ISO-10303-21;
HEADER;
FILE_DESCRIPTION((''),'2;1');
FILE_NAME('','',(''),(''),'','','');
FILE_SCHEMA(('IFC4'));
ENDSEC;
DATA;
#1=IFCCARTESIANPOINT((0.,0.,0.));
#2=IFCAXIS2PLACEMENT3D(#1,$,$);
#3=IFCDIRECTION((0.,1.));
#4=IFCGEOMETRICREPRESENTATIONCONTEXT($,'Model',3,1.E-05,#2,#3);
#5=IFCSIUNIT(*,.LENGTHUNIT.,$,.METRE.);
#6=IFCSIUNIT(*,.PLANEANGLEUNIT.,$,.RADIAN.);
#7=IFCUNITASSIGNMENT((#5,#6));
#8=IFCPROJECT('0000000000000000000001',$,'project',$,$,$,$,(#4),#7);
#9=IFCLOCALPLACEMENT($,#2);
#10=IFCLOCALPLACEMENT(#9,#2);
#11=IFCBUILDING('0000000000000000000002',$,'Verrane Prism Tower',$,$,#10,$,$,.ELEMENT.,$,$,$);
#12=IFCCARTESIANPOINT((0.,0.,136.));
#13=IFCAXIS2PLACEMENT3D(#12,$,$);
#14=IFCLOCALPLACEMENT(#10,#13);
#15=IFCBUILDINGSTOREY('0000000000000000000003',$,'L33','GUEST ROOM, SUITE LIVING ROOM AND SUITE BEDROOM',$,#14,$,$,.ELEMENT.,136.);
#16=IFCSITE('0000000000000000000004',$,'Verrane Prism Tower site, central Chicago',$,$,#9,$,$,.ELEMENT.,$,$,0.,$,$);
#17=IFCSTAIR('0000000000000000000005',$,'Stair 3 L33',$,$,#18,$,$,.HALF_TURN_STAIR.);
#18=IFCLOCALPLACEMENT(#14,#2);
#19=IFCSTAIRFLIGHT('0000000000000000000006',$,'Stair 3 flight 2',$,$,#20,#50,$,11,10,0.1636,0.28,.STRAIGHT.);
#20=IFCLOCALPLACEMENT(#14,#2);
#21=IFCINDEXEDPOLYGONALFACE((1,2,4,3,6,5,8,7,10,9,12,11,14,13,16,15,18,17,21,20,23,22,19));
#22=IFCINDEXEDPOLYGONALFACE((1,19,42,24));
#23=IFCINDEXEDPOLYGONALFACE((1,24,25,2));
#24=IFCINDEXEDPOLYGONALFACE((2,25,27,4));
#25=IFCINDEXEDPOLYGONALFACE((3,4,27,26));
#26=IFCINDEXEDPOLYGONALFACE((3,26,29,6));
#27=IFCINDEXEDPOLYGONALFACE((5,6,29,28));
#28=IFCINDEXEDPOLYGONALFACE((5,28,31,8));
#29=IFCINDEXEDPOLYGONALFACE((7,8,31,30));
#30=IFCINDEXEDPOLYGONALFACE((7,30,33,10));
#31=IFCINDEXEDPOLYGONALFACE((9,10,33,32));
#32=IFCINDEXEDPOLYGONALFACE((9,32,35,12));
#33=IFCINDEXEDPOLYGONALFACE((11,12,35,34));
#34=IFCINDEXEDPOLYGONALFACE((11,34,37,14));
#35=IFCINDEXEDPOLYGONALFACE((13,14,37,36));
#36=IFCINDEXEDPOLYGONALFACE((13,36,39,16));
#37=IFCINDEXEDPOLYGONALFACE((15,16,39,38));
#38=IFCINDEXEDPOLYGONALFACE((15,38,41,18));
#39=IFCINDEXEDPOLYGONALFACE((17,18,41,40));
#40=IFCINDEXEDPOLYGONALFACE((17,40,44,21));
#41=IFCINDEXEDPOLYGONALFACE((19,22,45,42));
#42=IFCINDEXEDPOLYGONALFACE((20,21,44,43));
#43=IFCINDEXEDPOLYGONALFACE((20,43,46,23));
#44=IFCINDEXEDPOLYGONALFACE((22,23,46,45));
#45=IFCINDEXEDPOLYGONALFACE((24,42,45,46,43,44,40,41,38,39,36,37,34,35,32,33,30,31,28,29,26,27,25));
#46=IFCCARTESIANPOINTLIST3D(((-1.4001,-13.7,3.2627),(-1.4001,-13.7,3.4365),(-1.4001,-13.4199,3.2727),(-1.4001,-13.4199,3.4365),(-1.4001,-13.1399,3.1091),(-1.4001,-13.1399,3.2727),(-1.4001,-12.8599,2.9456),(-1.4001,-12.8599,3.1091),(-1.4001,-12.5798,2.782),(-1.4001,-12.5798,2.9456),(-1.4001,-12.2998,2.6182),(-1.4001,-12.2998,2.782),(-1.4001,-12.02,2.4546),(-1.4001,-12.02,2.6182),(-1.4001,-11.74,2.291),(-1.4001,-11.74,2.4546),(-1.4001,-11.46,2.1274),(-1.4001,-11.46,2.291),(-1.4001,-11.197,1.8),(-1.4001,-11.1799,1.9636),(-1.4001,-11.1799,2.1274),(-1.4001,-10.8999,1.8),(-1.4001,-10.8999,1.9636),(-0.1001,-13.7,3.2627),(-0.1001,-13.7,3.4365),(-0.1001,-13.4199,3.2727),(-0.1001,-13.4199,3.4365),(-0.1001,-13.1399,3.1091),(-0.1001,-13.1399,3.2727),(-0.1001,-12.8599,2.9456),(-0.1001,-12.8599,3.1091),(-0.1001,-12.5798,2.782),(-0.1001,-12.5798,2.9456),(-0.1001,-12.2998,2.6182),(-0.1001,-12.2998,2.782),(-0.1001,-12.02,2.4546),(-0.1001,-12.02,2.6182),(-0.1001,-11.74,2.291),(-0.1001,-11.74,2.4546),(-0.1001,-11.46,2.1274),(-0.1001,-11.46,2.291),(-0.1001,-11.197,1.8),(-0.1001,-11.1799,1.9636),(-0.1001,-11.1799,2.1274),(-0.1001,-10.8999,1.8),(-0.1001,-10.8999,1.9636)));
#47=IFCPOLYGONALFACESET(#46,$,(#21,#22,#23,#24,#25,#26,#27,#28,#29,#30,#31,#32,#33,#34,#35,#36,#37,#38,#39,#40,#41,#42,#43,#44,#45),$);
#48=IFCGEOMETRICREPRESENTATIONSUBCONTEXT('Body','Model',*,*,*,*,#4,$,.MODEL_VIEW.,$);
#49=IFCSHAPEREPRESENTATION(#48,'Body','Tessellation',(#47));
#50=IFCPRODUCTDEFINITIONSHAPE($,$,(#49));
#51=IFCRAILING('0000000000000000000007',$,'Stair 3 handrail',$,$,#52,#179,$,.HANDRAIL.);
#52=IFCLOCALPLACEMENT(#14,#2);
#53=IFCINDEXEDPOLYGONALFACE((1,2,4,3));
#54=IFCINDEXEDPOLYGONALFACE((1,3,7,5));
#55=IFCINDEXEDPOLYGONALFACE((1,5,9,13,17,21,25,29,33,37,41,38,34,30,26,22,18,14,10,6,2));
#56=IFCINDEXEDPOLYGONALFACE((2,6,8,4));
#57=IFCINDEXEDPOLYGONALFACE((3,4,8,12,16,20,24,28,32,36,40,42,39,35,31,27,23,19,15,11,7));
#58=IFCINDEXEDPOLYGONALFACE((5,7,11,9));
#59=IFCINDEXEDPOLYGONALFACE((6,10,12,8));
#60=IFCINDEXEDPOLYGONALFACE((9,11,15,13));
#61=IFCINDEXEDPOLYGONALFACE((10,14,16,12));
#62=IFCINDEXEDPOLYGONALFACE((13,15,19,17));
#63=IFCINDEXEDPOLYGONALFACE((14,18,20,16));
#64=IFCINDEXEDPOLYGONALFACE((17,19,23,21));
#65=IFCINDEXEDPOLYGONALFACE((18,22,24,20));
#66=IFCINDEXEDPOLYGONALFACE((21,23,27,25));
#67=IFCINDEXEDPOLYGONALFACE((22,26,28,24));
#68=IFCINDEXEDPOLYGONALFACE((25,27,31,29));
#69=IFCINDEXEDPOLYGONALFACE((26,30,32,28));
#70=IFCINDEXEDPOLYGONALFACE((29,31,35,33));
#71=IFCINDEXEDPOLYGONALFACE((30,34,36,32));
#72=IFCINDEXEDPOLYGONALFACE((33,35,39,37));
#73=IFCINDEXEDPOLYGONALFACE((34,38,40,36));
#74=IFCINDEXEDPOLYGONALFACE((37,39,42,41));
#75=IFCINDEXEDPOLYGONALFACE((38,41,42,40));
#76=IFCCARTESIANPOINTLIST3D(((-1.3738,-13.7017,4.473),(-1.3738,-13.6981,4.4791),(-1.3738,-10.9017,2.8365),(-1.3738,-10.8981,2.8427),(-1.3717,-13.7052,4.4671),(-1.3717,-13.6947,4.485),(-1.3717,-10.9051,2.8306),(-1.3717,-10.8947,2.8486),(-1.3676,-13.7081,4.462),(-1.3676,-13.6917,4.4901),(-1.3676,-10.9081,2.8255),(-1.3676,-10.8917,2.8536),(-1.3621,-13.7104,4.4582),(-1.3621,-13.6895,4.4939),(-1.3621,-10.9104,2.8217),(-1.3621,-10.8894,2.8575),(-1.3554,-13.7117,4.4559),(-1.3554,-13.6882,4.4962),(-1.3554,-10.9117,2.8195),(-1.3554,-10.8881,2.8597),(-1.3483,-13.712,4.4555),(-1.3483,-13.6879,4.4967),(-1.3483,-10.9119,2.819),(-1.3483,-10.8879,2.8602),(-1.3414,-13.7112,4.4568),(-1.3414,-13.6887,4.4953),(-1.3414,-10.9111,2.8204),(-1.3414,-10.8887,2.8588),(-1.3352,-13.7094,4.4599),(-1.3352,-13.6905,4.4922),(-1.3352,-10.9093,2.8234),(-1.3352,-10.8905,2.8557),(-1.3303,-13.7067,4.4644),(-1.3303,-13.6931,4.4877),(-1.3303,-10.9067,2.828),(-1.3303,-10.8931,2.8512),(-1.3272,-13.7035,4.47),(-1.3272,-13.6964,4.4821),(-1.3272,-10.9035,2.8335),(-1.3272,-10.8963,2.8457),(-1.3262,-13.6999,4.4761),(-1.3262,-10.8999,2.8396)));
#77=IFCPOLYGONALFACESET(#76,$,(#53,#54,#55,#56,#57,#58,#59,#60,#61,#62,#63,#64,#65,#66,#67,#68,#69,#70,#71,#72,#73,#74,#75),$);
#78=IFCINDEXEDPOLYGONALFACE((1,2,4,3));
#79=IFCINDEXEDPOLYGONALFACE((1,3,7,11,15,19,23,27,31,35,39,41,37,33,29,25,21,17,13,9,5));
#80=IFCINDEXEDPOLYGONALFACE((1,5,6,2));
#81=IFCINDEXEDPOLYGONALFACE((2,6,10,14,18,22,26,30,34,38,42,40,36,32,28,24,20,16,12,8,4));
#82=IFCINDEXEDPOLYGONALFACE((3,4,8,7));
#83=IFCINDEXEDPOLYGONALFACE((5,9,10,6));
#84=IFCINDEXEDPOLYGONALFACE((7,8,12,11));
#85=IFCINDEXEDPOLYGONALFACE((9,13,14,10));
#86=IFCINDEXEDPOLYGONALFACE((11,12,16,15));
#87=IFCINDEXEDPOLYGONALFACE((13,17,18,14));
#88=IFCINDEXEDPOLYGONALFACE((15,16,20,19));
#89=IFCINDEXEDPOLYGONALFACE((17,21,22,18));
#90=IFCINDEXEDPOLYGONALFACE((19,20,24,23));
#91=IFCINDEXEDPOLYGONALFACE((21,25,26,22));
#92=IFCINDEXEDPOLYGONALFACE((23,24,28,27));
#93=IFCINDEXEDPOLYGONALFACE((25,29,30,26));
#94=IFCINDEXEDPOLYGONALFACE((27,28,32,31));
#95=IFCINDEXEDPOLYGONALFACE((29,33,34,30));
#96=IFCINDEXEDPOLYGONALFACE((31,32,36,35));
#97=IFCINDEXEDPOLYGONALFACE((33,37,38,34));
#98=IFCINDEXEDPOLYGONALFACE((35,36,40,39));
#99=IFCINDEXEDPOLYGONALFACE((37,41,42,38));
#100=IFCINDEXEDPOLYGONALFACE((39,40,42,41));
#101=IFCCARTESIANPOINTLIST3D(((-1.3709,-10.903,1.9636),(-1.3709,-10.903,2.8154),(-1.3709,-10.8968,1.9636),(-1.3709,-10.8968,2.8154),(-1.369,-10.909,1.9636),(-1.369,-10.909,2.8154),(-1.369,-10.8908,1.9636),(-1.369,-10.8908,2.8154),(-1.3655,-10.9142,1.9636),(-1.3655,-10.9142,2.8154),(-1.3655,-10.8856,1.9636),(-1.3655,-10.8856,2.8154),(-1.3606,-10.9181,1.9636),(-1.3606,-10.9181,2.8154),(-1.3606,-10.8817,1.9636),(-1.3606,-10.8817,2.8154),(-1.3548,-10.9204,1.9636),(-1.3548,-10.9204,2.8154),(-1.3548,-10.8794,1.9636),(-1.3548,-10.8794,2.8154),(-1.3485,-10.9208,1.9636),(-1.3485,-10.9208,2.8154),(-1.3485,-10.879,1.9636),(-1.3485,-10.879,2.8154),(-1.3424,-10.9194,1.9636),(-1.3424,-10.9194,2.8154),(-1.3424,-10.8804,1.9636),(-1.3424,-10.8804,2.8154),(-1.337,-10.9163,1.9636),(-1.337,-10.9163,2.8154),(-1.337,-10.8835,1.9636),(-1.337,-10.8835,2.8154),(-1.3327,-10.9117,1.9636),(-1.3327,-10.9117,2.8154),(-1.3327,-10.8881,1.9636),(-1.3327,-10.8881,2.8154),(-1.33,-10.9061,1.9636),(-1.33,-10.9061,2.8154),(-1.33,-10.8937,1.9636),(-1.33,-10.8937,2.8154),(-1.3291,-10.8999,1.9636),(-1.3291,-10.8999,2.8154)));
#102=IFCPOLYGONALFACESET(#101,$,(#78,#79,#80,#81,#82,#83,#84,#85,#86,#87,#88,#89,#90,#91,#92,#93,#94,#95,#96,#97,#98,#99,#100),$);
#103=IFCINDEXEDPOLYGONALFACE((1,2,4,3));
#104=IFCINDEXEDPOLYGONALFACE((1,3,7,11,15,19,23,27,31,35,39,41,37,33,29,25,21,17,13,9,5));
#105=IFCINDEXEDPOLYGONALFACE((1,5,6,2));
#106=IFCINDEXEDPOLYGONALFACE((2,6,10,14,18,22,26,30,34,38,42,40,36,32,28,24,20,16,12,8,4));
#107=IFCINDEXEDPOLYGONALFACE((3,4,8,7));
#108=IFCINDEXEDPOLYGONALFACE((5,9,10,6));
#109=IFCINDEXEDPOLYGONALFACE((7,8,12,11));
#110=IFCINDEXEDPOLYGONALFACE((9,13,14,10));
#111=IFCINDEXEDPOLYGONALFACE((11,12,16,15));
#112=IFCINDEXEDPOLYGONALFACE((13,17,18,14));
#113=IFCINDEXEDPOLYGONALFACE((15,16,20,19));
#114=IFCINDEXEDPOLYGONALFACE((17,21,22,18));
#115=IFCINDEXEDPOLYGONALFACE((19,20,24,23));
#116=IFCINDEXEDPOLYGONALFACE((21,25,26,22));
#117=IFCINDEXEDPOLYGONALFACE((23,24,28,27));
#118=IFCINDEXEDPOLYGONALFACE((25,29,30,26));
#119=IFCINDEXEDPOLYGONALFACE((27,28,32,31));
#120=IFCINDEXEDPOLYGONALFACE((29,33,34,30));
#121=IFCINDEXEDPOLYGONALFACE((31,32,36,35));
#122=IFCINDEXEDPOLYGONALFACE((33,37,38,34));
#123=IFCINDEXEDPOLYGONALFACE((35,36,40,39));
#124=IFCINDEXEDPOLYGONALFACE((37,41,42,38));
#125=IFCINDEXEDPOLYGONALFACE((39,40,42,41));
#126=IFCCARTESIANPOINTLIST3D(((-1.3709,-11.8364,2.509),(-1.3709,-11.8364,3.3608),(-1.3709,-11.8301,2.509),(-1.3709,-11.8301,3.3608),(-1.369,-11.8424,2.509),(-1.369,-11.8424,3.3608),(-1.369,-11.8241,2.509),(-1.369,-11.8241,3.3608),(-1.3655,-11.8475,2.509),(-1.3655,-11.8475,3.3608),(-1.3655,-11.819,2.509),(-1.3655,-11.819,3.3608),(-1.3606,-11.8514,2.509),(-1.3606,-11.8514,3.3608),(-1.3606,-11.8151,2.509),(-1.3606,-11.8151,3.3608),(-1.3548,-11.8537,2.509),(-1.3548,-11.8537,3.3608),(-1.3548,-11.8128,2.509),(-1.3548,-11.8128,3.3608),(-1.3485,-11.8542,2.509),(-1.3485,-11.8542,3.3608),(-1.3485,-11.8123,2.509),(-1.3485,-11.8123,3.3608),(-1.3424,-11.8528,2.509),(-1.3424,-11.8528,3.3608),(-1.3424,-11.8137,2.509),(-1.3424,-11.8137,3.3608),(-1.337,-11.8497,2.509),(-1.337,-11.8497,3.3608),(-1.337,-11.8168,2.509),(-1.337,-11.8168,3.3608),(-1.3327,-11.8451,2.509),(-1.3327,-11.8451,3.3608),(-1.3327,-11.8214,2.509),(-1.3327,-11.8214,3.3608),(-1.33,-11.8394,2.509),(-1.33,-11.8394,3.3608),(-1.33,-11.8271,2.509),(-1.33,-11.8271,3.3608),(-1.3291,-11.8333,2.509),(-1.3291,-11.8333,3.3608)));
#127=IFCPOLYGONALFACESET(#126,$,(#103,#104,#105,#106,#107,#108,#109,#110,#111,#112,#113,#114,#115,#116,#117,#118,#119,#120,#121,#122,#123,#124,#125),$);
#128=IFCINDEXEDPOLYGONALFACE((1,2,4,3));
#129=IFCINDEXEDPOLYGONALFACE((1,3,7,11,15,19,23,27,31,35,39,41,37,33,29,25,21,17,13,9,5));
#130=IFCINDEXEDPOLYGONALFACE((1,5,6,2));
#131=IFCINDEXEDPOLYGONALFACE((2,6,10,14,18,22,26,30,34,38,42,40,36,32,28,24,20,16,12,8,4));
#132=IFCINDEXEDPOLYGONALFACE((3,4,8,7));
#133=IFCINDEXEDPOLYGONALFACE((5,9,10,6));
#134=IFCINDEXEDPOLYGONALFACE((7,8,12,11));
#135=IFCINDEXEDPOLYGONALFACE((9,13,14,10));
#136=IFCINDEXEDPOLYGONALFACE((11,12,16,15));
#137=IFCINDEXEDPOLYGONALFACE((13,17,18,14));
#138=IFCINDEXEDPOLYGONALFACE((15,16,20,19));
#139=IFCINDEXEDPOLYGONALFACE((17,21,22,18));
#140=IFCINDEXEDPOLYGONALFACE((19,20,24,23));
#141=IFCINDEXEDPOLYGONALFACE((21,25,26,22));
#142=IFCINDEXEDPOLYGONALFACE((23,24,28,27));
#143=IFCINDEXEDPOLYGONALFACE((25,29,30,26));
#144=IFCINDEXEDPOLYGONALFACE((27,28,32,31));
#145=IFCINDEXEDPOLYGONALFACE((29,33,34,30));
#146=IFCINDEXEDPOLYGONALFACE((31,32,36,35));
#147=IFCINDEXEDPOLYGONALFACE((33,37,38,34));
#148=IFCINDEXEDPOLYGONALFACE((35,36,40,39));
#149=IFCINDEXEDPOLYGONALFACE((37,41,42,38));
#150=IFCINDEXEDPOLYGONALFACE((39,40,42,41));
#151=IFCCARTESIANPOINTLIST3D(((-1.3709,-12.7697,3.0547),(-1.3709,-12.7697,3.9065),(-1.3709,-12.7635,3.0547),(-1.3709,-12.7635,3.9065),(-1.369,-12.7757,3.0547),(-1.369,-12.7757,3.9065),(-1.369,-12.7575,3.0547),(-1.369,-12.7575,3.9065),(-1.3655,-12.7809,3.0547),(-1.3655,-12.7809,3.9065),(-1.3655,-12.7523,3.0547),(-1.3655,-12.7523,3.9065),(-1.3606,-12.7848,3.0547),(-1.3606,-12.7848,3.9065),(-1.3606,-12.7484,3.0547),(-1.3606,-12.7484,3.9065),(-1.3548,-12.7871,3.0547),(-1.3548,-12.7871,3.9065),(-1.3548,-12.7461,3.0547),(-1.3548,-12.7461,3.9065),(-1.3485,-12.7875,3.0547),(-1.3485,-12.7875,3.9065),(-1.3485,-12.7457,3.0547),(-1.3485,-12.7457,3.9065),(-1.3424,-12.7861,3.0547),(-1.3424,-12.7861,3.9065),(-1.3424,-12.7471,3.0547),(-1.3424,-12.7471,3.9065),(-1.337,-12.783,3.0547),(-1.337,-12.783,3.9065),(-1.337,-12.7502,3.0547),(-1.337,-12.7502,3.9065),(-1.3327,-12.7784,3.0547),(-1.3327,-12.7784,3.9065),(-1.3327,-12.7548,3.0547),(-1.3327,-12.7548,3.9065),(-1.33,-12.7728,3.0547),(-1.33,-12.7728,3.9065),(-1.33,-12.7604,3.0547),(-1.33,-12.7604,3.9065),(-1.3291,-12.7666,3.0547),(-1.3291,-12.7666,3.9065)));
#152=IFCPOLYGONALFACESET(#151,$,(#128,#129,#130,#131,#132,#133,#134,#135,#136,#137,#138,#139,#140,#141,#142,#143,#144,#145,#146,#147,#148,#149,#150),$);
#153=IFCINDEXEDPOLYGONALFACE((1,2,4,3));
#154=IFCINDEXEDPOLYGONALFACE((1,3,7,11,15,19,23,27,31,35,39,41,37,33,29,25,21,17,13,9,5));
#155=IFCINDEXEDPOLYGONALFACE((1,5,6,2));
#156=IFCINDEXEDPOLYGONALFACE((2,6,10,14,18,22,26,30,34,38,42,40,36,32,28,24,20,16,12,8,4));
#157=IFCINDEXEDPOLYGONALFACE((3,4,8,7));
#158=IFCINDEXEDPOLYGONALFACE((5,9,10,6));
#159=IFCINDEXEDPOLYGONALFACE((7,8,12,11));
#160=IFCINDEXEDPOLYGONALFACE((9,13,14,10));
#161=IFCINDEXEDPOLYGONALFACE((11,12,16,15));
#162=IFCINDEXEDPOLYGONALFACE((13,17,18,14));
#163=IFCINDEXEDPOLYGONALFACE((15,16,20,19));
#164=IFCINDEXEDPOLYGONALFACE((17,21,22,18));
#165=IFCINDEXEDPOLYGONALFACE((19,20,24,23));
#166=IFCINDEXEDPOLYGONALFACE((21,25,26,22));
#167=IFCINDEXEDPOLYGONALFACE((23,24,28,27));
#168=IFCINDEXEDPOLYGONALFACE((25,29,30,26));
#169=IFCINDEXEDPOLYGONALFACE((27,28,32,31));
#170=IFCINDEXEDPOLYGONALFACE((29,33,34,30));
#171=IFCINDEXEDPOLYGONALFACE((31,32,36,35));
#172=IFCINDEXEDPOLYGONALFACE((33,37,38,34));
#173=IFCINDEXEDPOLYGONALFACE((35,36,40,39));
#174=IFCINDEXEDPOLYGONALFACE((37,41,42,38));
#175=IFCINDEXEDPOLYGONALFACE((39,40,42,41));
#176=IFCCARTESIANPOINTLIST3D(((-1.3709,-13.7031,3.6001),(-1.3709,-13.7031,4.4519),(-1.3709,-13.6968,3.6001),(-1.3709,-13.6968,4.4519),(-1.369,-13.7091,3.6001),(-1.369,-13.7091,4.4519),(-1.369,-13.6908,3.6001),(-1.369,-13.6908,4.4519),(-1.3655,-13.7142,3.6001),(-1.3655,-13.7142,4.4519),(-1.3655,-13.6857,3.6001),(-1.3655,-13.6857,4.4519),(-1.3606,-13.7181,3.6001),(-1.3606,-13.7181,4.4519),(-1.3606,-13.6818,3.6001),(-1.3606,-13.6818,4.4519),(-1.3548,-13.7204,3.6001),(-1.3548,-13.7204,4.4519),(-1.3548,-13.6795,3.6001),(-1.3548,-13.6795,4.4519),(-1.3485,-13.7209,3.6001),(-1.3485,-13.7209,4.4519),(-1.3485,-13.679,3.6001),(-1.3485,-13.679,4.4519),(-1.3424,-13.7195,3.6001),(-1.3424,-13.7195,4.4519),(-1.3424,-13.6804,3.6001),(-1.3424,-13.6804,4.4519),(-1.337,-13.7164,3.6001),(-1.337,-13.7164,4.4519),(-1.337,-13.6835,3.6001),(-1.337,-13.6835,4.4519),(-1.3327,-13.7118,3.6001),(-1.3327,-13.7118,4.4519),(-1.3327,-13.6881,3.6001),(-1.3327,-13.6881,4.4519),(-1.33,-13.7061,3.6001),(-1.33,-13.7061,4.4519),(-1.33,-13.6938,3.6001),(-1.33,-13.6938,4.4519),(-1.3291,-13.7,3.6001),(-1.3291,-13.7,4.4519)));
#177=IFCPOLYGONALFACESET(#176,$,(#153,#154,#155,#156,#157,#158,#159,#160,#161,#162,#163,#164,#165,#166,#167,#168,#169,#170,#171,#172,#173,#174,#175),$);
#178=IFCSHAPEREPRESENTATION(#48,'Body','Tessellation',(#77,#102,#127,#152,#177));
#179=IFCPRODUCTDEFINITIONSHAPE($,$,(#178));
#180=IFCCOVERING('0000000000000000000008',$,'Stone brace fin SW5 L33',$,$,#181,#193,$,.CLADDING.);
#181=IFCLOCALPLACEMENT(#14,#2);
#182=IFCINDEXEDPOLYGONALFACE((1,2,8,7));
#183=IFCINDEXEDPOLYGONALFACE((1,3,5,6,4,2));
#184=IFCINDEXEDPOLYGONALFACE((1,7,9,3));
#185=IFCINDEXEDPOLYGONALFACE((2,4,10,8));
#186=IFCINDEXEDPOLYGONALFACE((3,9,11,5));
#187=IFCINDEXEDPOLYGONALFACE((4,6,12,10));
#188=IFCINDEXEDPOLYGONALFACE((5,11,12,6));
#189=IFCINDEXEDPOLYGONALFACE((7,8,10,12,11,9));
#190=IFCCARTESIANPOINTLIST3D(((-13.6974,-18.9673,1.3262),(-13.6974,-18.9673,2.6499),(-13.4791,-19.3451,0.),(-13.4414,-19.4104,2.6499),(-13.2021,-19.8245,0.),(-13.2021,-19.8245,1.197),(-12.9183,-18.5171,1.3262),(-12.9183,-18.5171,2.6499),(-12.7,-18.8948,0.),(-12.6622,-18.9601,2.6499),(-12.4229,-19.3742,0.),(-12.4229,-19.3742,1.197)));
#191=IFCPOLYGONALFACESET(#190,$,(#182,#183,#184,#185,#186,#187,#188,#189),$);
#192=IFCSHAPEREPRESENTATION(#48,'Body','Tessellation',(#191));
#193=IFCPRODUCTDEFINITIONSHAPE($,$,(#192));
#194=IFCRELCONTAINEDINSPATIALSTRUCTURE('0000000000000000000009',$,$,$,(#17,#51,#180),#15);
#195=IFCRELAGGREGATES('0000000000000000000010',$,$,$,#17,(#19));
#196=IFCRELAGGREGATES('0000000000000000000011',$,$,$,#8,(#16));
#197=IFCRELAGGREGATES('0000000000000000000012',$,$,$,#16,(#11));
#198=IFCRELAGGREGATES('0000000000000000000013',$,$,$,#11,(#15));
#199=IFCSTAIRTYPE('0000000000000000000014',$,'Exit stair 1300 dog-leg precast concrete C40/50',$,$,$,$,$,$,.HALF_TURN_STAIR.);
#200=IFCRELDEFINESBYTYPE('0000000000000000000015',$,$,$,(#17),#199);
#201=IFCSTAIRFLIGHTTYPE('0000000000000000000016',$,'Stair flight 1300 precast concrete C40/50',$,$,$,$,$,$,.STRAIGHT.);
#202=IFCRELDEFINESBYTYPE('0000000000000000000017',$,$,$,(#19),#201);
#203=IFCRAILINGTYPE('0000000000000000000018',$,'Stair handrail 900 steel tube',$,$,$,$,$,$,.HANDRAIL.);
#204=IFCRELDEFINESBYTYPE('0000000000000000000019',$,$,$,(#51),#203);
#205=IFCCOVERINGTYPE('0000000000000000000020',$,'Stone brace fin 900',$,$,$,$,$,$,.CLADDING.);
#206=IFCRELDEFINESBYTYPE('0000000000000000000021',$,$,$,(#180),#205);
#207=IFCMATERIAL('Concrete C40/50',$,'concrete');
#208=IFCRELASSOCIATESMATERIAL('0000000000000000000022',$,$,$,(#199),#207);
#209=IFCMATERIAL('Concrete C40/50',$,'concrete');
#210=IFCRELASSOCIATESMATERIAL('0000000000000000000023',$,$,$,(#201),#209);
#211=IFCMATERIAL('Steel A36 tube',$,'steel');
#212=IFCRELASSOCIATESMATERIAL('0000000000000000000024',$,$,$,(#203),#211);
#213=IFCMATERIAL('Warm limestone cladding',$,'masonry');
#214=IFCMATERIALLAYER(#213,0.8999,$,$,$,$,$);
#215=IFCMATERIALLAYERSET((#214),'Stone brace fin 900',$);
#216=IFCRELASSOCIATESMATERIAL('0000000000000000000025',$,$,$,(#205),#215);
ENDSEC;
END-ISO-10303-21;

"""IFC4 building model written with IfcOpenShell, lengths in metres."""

from ifc_helpers import new_model, si_unit, direction, frame, origin, origin_2d, place, context, subcontext, project, spatial, polyline, circle, outline, extrude, material, layer, layer_set, type_object, element, aggregate, save


model = new_model("IFC4")

# Units and contexts
model_context = context("Model", 3, precision=1e-05, world=origin(), true_north=direction((0.0, 1.0)))
body_context = subcontext(model_context, "Body", "Model", "MODEL_VIEW")
ifc_project = project(units=[si_unit("LENGTHUNIT", "METRE"), si_unit("PLANEANGLEUNIT", "RADIAN")], contexts=[model_context])

# Site, building, storey
site_placement = place(None, origin())
site = spatial("IfcSite", under=ifc_project, at=site_placement, Name="Verrane Prism Tower site, central Chicago", CompositionType="ELEMENT", RefElevation=0.0)
building_placement = place(site_placement, origin())
building = spatial("IfcBuilding", under=site, at=building_placement, Name="Verrane Prism Tower", CompositionType="ELEMENT")
storey_placement = place(building_placement, frame((0.0, 0.0, 136.0)))
storey = spatial("IfcBuildingStorey", under=building, at=storey_placement, Name="L33", Description="GUEST ROOM, SUITE LIVING ROOM AND SUITE BEDROOM", CompositionType="ELEMENT", Elevation=136.0)

# Stair, stair flight
ifc_material_1 = material(Name="Concrete C40/50", Category="concrete")
stair_type = type_object("IfcStairType", Name="Exit stair 1300 dog-leg precast concrete C40/50", PredefinedType="HALF_TURN_STAIR", material=ifc_material_1)
stair_placement = place(storey_placement, origin())
stair = element("IfcStair", 1, at=stair_placement, inside=storey, type_object=stair_type, Name="Stair 3 L33", PredefinedType="HALF_TURN_STAIR")
ifc_material_2 = material(Name="Concrete C40/50", Category="concrete")
stair_flight_type = type_object("IfcStairFlightType", Name="Stair flight 1300 precast concrete C40/50", PredefinedType="STRAIGHT", material=ifc_material_2)
stair_flight_placement = place(storey_placement, frame((-0.75, -10.8999, 1.8), z_axis=(0.0, 0.0, 1.0), x_axis=(0.0, -1.0, 0.0)))
stair_flight = element("IfcStairFlight", 2, at=stair_flight_placement, type_object=stair_flight_type, Name="Stair 3 flight 2", NumberOfRisers=11, NumberOfTreads=10, PredefinedType="STRAIGHT", RiserHeight=0.1636, TreadLength=0.28, context=body_context, shape_type="SweptSolid", body=[
    extrude(outline(polyline([(0.0, 0.0), (0.0, 0.1636), (0.28, 0.1636), (0.28, 0.3274), (0.5601, 0.3274), (0.5601, 0.491), (0.8401, 0.491), (0.8401, 0.6545), (1.1201, 0.6545), (1.1201, 0.8181), (1.3999, 0.8181), (1.3999, 0.9819), (1.6799, 0.9819), (1.6799, 1.1455), (1.96, 1.1455), (1.96, 1.3091), (2.24, 1.3091), (2.24, 1.4727), (2.52, 1.4727), (2.52, 1.6365), (2.8, 1.6365), (2.8, 1.8), (2.8, 1.4626), (0.2971, 0.0), (0.0, 0.0)])), frame((0.0, 0.6499, 0.0), z_axis=(0.0, -1.0, 0.0), x_axis=(1.0, 0.0, 0.0)), (0.0, 0.0, 1.0), 1.3),
])
aggregate(stair, [stair_flight])

# Railing
ifc_material_3 = material(Name="Steel A36 tube", Category="steel")
railing_type = type_object("IfcRailingType", Name="Stair handrail 900 steel tube", PredefinedType="HANDRAIL", material=ifc_material_3)
railing_placement = place(storey_placement, frame((-1.3501, -10.8999, 1.9636)))
element("IfcRailing", 3, at=railing_placement, inside=storey, type_object=railing_type, Name="Stair 3 handrail", PredefinedType="HANDRAIL", context=body_context, shape_type="SweptSolid", body=[
    extrude(circle(Radius=0.0239, at=origin_2d()), frame((0.0, 0.0, 0.876), z_axis=(0.0, -0.863361, 0.504587), x_axis=(1.0, 0.0, 0.0)), (0.0, 0.0, 1.0), 3.2432),
    extrude(circle(Radius=0.021, at=origin_2d()), origin(), (0.0, 0.0, 1.0), 0.8518),
    extrude(circle(Radius=0.021, at=origin_2d()), frame((0.0, -0.9333, 0.5454)), (0.0, 0.0, 1.0), 0.8518),
    extrude(circle(Radius=0.021, at=origin_2d()), frame((0.0, -1.8667, 1.0911)), (0.0, 0.0, 1.0), 0.8518),
    extrude(circle(Radius=0.021, at=origin_2d()), frame((0.0, -2.8, 1.6365)), (0.0, 0.0, 1.0), 0.8518),
])

# Covering
ifc_material_4 = material(Name="Warm limestone cladding", Category="masonry")
ifc_layer_1 = layer(ifc_material_4, 0.8999)
ifc_layer_set_1 = layer_set([ifc_layer_1], Name="Stone brace fin 900")
covering_type = type_object("IfcCoveringType", Name="Stone brace fin 900", PredefinedType="CLADDING", material=ifc_layer_set_1)
covering_placement = place(storey_placement, frame((-12.8125, -19.5994, 0.0), z_axis=(0.0, 0.0, 1.0), x_axis=(-0.500356, 0.86582, 0.0)))
element("IfcCovering", 4, at=covering_placement, inside=storey, type_object=covering_type, Name="Stone brace fin SW5 L33", PredefinedType="CLADDING", context=body_context, shape_type="SweptSolid", body=[
    extrude(outline(polyline([(0.99, 2.6499), (0.4783, 2.6499), (0.0, 1.197), (0.0, 0.0), (0.5537, 0.0), (0.99, 1.3262), (0.99, 2.6499)])), frame((0.0, 0.45, 0.0), z_axis=(0.0, -1.0, 0.0), x_axis=(1.0, 0.0, 0.0)), (0.0, 0.0, 1.0), 0.8999),
])

save(model, "model.ifc")
